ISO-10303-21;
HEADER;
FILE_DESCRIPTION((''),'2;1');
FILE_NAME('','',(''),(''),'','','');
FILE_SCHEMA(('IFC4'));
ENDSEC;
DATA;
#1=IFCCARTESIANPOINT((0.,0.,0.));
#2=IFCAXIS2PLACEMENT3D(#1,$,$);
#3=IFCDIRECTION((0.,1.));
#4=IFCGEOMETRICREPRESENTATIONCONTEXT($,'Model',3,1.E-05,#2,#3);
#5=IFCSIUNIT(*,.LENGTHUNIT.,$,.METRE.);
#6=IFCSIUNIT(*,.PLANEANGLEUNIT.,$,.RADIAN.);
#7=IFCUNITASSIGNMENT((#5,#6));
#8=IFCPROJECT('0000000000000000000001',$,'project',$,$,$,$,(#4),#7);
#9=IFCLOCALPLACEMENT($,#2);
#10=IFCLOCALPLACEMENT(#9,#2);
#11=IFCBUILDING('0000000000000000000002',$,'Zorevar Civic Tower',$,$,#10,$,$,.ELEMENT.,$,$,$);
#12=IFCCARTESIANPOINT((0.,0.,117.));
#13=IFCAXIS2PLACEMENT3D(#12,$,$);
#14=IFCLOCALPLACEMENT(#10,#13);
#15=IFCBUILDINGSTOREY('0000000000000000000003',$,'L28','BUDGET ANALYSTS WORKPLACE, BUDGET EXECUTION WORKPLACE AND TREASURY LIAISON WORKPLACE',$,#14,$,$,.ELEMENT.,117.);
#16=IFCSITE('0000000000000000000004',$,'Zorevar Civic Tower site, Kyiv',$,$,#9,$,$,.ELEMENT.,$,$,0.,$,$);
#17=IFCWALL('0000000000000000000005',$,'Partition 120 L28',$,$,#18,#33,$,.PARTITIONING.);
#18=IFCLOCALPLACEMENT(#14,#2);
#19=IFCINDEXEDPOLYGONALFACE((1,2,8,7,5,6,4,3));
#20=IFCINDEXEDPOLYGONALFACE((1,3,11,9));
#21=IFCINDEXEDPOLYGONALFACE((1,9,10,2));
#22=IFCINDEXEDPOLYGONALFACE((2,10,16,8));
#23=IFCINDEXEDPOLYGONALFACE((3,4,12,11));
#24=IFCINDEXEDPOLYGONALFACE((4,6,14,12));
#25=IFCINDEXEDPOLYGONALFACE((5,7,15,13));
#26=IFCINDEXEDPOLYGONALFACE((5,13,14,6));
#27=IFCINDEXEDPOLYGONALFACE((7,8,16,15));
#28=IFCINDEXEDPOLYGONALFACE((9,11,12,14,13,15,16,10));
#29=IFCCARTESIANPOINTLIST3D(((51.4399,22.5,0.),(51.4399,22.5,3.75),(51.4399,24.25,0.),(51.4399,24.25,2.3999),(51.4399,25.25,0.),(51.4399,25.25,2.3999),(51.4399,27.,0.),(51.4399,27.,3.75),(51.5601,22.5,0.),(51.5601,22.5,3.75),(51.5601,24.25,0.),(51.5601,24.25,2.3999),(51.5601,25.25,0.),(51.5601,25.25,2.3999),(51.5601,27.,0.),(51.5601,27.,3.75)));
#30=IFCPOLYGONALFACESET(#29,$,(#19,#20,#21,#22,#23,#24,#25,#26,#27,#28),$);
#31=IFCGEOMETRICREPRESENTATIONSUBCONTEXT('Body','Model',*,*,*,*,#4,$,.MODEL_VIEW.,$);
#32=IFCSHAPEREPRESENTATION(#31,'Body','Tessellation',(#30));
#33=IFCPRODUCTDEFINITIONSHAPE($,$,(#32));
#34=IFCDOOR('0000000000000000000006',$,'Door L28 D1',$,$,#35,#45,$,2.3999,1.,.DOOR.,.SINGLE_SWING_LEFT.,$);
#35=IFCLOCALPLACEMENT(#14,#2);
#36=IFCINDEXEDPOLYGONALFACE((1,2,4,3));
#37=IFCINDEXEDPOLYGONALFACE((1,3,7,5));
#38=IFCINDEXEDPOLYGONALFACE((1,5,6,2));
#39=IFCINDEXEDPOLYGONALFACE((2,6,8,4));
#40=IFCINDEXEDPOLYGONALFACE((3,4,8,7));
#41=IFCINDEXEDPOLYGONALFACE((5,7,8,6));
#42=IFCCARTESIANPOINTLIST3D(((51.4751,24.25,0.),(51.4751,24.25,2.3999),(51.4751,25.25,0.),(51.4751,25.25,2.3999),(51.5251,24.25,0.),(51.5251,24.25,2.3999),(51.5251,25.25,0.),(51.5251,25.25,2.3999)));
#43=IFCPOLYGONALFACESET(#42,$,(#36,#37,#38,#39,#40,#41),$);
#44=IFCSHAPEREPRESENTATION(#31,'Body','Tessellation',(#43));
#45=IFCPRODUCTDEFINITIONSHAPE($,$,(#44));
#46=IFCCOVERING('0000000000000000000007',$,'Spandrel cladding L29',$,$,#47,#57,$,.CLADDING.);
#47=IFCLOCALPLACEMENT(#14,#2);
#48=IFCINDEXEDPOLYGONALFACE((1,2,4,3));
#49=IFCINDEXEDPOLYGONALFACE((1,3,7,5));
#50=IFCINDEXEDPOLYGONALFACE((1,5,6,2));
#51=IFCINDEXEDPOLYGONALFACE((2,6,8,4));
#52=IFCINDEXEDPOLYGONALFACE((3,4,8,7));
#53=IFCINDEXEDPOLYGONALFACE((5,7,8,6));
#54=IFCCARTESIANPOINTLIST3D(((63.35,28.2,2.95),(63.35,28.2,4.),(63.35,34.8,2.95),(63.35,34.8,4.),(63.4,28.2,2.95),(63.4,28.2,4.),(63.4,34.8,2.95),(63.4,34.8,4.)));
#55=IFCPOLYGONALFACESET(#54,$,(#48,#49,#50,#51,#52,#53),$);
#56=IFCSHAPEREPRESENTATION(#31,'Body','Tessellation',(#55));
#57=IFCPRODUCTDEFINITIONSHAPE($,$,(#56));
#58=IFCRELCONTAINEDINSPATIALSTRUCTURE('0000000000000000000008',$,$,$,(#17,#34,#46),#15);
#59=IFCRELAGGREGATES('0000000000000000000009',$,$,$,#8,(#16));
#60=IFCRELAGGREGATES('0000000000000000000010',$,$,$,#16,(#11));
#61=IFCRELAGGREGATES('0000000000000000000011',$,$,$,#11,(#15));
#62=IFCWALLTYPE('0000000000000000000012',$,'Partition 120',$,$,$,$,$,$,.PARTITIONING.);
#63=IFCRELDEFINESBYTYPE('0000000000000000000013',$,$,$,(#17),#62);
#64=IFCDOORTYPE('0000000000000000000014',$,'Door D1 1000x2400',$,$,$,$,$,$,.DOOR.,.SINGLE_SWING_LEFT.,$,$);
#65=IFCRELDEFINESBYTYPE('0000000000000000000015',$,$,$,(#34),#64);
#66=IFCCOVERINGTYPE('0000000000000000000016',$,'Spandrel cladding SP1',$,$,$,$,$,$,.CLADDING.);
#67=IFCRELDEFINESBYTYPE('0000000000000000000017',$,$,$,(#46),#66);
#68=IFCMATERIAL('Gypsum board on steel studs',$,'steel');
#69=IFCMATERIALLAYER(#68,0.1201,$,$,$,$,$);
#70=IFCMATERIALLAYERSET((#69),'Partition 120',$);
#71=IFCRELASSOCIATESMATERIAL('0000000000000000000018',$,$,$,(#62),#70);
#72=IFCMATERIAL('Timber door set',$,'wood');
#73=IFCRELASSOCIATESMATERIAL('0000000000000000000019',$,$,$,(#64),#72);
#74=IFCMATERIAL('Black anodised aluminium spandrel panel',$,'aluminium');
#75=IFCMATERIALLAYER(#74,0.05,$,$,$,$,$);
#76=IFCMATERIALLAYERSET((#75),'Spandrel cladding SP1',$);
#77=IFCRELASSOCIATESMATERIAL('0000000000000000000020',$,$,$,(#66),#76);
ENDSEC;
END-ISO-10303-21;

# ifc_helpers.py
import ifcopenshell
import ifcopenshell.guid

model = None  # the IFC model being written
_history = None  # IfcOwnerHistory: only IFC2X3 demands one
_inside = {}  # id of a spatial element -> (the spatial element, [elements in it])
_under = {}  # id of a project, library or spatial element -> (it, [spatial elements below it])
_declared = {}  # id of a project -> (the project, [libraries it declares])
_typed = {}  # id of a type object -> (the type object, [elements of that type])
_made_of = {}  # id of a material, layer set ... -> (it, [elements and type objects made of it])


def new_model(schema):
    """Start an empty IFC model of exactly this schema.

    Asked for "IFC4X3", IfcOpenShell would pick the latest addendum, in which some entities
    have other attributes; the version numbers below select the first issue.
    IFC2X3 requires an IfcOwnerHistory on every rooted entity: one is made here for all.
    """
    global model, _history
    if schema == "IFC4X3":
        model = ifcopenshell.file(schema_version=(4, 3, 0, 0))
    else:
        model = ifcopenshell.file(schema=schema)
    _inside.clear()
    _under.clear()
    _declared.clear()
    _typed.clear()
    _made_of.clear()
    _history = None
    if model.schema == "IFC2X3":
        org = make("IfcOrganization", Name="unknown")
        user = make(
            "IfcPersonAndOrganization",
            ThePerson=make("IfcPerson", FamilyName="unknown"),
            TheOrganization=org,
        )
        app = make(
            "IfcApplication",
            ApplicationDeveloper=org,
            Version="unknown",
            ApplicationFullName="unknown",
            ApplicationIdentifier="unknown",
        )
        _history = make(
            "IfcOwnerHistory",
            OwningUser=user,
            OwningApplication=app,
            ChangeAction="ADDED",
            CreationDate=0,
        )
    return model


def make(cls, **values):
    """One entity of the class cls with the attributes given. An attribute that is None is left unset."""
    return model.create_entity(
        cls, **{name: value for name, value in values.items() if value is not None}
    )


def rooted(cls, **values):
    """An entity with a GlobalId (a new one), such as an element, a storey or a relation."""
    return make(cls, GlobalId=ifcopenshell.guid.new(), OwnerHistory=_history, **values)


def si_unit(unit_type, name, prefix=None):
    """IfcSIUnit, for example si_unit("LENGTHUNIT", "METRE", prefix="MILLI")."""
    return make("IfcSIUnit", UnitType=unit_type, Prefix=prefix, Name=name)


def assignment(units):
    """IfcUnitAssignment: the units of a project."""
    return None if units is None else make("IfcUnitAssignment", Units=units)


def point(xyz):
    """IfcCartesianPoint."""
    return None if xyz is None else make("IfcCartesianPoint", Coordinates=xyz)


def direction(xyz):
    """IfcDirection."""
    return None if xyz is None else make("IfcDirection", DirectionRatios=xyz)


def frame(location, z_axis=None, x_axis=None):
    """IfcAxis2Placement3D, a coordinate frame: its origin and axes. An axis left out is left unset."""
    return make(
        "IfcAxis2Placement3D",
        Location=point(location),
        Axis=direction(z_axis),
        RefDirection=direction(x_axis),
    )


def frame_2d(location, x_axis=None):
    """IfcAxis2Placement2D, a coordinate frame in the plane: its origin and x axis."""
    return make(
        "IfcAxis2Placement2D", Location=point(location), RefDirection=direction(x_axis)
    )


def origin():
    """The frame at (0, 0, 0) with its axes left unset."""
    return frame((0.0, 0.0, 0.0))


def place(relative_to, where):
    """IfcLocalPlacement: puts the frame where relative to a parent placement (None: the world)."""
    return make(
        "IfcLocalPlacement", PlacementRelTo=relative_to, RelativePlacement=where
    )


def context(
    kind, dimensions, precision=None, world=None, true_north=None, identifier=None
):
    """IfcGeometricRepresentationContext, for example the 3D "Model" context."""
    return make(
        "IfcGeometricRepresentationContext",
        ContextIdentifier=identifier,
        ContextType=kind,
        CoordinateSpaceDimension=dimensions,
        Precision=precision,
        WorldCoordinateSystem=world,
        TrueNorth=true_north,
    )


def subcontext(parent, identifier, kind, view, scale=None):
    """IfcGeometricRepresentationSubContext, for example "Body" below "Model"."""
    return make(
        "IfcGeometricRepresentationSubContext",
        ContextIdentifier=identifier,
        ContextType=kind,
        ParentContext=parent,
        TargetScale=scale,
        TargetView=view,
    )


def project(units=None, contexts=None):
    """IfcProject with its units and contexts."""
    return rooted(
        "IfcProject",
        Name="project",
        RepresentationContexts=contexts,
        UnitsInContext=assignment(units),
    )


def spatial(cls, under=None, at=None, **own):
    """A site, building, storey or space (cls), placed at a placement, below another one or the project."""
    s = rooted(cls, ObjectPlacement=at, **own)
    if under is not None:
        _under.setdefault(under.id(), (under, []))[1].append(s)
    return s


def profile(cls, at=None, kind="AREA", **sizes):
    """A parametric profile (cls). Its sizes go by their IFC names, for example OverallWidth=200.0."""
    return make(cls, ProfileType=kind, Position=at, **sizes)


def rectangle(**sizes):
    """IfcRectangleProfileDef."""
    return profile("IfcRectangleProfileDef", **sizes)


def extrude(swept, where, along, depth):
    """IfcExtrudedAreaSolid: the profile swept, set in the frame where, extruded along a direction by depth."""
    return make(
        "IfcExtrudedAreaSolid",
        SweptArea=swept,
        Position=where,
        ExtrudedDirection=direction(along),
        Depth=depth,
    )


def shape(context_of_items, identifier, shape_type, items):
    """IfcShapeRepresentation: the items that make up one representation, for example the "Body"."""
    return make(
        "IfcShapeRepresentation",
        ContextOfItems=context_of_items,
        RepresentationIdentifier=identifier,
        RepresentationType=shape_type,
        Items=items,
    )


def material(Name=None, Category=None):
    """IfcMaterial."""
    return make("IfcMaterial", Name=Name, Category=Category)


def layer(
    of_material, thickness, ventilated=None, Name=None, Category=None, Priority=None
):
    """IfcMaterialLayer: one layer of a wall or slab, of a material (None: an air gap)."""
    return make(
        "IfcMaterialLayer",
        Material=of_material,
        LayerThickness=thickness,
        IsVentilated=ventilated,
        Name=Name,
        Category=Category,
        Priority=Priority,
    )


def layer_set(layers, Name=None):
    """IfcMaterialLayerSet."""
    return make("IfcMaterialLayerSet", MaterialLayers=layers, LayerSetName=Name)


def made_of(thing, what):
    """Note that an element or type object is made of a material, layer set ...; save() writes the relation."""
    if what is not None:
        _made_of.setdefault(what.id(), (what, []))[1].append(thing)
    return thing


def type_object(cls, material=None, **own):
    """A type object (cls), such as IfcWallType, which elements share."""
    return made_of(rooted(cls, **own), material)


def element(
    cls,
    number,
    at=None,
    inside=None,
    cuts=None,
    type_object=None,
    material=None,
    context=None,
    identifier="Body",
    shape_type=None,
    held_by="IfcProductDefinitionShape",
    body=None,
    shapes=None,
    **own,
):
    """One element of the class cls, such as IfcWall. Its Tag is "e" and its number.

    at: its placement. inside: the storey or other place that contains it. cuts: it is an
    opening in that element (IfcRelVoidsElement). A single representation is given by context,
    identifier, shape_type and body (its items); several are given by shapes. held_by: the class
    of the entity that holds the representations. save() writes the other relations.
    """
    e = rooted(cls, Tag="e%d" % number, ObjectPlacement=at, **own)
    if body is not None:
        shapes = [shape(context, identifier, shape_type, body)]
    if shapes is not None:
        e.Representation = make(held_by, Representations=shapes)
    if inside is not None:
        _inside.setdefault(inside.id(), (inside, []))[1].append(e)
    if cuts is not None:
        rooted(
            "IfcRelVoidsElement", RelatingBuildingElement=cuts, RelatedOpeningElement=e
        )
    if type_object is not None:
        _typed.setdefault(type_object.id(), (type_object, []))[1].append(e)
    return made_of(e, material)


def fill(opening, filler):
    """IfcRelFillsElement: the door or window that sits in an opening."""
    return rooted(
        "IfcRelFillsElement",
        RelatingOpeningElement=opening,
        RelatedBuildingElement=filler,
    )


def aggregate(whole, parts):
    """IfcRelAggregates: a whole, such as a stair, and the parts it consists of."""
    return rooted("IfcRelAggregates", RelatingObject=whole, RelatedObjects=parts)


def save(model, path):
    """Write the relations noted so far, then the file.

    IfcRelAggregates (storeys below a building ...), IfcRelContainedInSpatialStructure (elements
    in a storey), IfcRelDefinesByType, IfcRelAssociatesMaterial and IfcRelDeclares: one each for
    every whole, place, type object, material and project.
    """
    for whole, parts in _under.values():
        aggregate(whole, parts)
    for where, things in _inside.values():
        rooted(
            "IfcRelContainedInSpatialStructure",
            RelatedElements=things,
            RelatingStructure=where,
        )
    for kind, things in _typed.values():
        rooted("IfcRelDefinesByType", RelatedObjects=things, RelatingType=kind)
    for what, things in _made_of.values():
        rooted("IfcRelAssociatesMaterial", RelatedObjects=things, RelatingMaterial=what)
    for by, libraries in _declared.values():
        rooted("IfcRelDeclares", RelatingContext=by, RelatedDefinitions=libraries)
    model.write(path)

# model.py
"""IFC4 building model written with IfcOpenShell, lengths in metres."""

from ifc_helpers import new_model, si_unit, direction, frame, frame_2d, origin, place, context, subcontext, project, spatial, rectangle, extrude, material, layer, layer_set, type_object, element, fill, save


model = new_model("IFC4")

# Units and contexts
model_context = context("Model", 3, precision=1e-05, world=origin(), true_north=direction((0.0, 1.0)))
body_context = subcontext(model_context, "Body", "Model", "MODEL_VIEW")
ifc_project = project(units=[si_unit("LENGTHUNIT", "METRE"), si_unit("PLANEANGLEUNIT", "RADIAN")], contexts=[model_context])

# Site, building, storey
site_placement = place(None, origin())
site = spatial("IfcSite", under=ifc_project, at=site_placement, Name="Zorevar Civic Tower site, Kyiv", CompositionType="ELEMENT", RefElevation=0.0)
building_placement = place(site_placement, origin())
building = spatial("IfcBuilding", under=site, at=building_placement, Name="Zorevar Civic Tower", CompositionType="ELEMENT")
storey_placement = place(building_placement, frame((0.0, 0.0, 117.0)))
storey = spatial("IfcBuildingStorey", under=building, at=storey_placement, Name="L28", Description="BUDGET ANALYSTS WORKPLACE, BUDGET EXECUTION WORKPLACE AND TREASURY LIAISON WORKPLACE", CompositionType="ELEMENT", Elevation=117.0)

# Shared definitions
ifc_material_1 = material(Name="Gypsum board on steel studs", Category="steel")
ifc_layer_1 = layer(ifc_material_1, 0.1201)
ifc_layer_set_1 = layer_set([ifc_layer_1], Name="Partition 120")
wall_type_1 = type_object("IfcWallType", Name="Partition 120", PredefinedType="PARTITIONING", material=ifc_layer_set_1)

# Wall, opening, door
wall_1_placement = place(storey_placement, frame((51.5, 22.5, 0.0), z_axis=(0.0, 0.0, 1.0), x_axis=(0.0, 1.0, 0.0)))
wall_1 = element("IfcWall", 1, at=wall_1_placement, inside=storey, type_object=wall_type_1, Name="Partition 120 L28", PredefinedType="PARTITIONING", context=body_context, shape_type="SweptSolid", body=[
    extrude(rectangle(XDim=4.5, YDim=0.1201, at=frame_2d((2.25, 0.0))), origin(), (0.0, 0.0, 1.0), 3.75),
])
opening_1_placement = place(wall_1_placement, frame((1.75, 0.0, 0.0)))
opening_1 = element("IfcOpeningElement", 2, at=opening_1_placement, cuts=wall_1, PredefinedType="OPENING", context=body_context, shape_type="SweptSolid", body=[
    extrude(rectangle(XDim=1.0, YDim=2.3999, at=frame_2d((0.5, 1.2))), frame((0.0, 0.0701, 0.0), z_axis=(0.0, -1.0, 0.0), x_axis=(1.0, 0.0, 0.0)), (0.0, 0.0, 1.0), 0.1401),
])
ifc_material_2 = material(Name="Timber door set", Category="wood")
door_type_1 = type_object("IfcDoorType", Name="Door D1 1000x2400", OperationType="SINGLE_SWING_LEFT", PredefinedType="DOOR", material=ifc_material_2)
door_1_placement = place(opening_1_placement, origin())
door_1 = element("IfcDoor", 3, at=door_1_placement, inside=storey, type_object=door_type_1, Name="Door L28 D1", OperationType="SINGLE_SWING_LEFT", OverallHeight=2.3999, OverallWidth=1.0, PredefinedType="DOOR", context=body_context, shape_type="SweptSolid", body=[
    extrude(rectangle(XDim=1.0, YDim=2.3999, at=frame_2d((0.5, 1.2))), frame((0.0, 0.0249, 0.0), z_axis=(0.0, -1.0, 0.0), x_axis=(1.0, 0.0, 0.0)), (0.0, 0.0, 1.0), 0.05),
])
fill(opening_1, door_1)

# Covering
ifc_material_3 = material(Name="Black anodised aluminium spandrel panel", Category="aluminium")
ifc_layer_2 = layer(ifc_material_3, 0.05)
ifc_layer_set_2 = layer_set([ifc_layer_2], Name="Spandrel cladding SP1")
covering_type = type_object("IfcCoveringType", Name="Spandrel cladding SP1", PredefinedType="CLADDING", material=ifc_layer_set_2)
covering_placement = place(storey_placement, frame((63.375, 28.2, 2.95), z_axis=(0.0, 0.0, 1.0), x_axis=(0.0, 1.0, 0.0)))
element("IfcCovering", 4, at=covering_placement, inside=storey, type_object=covering_type, Name="Spandrel cladding L29", PredefinedType="CLADDING", context=body_context, shape_type="SweptSolid", body=[
    extrude(rectangle(XDim=6.6001, YDim=0.05, at=frame_2d((3.3, 0.0))), origin(), (0.0, 0.0, 1.0), 1.05),
])

save(model, "model.ifc")
